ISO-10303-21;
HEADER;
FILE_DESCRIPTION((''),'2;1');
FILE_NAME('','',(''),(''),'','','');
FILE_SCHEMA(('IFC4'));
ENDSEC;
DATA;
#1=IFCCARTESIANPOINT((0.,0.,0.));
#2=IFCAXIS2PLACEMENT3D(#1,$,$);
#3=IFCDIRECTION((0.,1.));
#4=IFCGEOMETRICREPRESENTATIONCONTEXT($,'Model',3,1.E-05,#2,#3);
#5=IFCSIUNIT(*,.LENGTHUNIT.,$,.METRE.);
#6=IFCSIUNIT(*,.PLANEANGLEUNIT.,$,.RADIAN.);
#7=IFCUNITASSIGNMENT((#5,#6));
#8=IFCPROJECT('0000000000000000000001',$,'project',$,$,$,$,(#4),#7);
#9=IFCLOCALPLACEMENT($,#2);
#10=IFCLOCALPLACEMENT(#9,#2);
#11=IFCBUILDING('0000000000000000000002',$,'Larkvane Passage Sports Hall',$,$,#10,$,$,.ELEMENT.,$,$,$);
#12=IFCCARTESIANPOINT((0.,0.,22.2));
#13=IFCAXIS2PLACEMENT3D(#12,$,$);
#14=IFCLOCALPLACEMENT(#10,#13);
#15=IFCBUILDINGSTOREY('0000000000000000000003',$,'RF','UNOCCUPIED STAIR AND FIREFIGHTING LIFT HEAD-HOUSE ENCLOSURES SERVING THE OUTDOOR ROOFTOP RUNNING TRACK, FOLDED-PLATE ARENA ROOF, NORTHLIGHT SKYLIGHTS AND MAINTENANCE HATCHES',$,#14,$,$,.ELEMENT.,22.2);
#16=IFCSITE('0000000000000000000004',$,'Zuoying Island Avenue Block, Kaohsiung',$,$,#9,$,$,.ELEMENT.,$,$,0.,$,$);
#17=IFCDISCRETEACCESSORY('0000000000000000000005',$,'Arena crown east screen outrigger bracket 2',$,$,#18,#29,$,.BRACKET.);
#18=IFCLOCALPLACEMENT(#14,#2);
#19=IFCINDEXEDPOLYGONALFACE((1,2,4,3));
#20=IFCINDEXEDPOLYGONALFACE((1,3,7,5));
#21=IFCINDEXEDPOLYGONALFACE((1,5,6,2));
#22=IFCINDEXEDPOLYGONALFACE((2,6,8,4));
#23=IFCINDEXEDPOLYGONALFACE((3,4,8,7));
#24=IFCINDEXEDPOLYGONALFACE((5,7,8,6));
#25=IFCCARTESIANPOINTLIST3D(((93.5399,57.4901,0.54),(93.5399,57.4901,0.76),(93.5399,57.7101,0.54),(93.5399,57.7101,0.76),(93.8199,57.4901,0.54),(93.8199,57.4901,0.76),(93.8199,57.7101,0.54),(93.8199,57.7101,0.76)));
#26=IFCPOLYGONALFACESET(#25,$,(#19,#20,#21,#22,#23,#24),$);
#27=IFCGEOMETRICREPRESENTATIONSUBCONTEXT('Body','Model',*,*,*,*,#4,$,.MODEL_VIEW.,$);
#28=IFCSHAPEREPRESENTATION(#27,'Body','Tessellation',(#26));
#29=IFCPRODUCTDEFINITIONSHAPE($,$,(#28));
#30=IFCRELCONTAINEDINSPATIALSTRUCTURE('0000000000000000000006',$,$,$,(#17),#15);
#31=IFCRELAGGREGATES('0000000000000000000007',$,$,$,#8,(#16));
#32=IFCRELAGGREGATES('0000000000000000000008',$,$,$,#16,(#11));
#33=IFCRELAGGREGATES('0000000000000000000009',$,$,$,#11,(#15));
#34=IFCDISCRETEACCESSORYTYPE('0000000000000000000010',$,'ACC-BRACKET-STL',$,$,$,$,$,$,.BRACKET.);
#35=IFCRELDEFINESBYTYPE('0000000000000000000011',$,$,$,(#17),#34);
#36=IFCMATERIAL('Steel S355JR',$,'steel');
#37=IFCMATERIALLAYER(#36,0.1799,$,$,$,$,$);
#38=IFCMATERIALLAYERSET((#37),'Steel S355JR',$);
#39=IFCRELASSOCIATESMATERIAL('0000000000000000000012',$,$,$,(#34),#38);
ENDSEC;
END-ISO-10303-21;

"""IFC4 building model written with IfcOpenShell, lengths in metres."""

from ifc_helpers import new_model, si_unit, direction, frame, origin, origin_2d, place, context, subcontext, project, spatial, rectangle, extrude, material, layer, layer_set, type_object, element, save


model = new_model("IFC4")

# Units and contexts
model_context = context("Model", 3, precision=1e-05, world=origin(), true_north=direction((0.0, 1.0)))
body_context = subcontext(model_context, "Body", "Model", "MODEL_VIEW")
ifc_project = project(units=[si_unit("LENGTHUNIT", "METRE"), si_unit("PLANEANGLEUNIT", "RADIAN")], contexts=[model_context])

# Site, building, storey
site_placement = place(None, origin())
site = spatial("IfcSite", under=ifc_project, at=site_placement, Name="Zuoying Island Avenue Block, Kaohsiung", CompositionType="ELEMENT", RefElevation=0.0)
building_placement = place(site_placement, origin())
building = spatial("IfcBuilding", under=site, at=building_placement, Name="Larkvane Passage Sports Hall", CompositionType="ELEMENT")
storey_placement = place(building_placement, frame((0.0, 0.0, 22.2)))
storey = spatial("IfcBuildingStorey", under=building, at=storey_placement, Name="RF", Description="UNOCCUPIED STAIR AND FIREFIGHTING LIFT HEAD-HOUSE ENCLOSURES SERVING THE OUTDOOR ROOFTOP RUNNING TRACK, FOLDED-PLATE ARENA ROOF, NORTHLIGHT SKYLIGHTS AND MAINTENANCE HATCHES", CompositionType="ELEMENT", Elevation=22.2)

# Shared definitions
ifc_material_1 = material(Name="Steel S355JR", Category="steel")

# Discrete accessory
ifc_layer_1 = layer(ifc_material_1, 0.1799)
ifc_layer_set_1 = layer_set([ifc_layer_1], Name="Steel S355JR")
discrete_accessory_type = type_object("IfcDiscreteAccessoryType", Name="ACC-BRACKET-STL", PredefinedType="BRACKET", material=ifc_layer_set_1)
discrete_accessory_placement = place(storey_placement, frame((93.6799, 57.6001, 0.54), z_axis=(0.0, 0.0, 1.0), x_axis=(0.0, 1.0, 0.0)))
element("IfcDiscreteAccessory", 1, at=discrete_accessory_placement, inside=storey, type_object=discrete_accessory_type, Name="Arena crown east screen outrigger bracket 2", PredefinedType="BRACKET", context=body_context, shape_type="SweptSolid", body=[
    extrude(rectangle(XDim=0.22, YDim=0.28, at=origin_2d()), origin(), (0.0, 0.0, 1.0), 0.22),
])

save(model, "model.ifc")
